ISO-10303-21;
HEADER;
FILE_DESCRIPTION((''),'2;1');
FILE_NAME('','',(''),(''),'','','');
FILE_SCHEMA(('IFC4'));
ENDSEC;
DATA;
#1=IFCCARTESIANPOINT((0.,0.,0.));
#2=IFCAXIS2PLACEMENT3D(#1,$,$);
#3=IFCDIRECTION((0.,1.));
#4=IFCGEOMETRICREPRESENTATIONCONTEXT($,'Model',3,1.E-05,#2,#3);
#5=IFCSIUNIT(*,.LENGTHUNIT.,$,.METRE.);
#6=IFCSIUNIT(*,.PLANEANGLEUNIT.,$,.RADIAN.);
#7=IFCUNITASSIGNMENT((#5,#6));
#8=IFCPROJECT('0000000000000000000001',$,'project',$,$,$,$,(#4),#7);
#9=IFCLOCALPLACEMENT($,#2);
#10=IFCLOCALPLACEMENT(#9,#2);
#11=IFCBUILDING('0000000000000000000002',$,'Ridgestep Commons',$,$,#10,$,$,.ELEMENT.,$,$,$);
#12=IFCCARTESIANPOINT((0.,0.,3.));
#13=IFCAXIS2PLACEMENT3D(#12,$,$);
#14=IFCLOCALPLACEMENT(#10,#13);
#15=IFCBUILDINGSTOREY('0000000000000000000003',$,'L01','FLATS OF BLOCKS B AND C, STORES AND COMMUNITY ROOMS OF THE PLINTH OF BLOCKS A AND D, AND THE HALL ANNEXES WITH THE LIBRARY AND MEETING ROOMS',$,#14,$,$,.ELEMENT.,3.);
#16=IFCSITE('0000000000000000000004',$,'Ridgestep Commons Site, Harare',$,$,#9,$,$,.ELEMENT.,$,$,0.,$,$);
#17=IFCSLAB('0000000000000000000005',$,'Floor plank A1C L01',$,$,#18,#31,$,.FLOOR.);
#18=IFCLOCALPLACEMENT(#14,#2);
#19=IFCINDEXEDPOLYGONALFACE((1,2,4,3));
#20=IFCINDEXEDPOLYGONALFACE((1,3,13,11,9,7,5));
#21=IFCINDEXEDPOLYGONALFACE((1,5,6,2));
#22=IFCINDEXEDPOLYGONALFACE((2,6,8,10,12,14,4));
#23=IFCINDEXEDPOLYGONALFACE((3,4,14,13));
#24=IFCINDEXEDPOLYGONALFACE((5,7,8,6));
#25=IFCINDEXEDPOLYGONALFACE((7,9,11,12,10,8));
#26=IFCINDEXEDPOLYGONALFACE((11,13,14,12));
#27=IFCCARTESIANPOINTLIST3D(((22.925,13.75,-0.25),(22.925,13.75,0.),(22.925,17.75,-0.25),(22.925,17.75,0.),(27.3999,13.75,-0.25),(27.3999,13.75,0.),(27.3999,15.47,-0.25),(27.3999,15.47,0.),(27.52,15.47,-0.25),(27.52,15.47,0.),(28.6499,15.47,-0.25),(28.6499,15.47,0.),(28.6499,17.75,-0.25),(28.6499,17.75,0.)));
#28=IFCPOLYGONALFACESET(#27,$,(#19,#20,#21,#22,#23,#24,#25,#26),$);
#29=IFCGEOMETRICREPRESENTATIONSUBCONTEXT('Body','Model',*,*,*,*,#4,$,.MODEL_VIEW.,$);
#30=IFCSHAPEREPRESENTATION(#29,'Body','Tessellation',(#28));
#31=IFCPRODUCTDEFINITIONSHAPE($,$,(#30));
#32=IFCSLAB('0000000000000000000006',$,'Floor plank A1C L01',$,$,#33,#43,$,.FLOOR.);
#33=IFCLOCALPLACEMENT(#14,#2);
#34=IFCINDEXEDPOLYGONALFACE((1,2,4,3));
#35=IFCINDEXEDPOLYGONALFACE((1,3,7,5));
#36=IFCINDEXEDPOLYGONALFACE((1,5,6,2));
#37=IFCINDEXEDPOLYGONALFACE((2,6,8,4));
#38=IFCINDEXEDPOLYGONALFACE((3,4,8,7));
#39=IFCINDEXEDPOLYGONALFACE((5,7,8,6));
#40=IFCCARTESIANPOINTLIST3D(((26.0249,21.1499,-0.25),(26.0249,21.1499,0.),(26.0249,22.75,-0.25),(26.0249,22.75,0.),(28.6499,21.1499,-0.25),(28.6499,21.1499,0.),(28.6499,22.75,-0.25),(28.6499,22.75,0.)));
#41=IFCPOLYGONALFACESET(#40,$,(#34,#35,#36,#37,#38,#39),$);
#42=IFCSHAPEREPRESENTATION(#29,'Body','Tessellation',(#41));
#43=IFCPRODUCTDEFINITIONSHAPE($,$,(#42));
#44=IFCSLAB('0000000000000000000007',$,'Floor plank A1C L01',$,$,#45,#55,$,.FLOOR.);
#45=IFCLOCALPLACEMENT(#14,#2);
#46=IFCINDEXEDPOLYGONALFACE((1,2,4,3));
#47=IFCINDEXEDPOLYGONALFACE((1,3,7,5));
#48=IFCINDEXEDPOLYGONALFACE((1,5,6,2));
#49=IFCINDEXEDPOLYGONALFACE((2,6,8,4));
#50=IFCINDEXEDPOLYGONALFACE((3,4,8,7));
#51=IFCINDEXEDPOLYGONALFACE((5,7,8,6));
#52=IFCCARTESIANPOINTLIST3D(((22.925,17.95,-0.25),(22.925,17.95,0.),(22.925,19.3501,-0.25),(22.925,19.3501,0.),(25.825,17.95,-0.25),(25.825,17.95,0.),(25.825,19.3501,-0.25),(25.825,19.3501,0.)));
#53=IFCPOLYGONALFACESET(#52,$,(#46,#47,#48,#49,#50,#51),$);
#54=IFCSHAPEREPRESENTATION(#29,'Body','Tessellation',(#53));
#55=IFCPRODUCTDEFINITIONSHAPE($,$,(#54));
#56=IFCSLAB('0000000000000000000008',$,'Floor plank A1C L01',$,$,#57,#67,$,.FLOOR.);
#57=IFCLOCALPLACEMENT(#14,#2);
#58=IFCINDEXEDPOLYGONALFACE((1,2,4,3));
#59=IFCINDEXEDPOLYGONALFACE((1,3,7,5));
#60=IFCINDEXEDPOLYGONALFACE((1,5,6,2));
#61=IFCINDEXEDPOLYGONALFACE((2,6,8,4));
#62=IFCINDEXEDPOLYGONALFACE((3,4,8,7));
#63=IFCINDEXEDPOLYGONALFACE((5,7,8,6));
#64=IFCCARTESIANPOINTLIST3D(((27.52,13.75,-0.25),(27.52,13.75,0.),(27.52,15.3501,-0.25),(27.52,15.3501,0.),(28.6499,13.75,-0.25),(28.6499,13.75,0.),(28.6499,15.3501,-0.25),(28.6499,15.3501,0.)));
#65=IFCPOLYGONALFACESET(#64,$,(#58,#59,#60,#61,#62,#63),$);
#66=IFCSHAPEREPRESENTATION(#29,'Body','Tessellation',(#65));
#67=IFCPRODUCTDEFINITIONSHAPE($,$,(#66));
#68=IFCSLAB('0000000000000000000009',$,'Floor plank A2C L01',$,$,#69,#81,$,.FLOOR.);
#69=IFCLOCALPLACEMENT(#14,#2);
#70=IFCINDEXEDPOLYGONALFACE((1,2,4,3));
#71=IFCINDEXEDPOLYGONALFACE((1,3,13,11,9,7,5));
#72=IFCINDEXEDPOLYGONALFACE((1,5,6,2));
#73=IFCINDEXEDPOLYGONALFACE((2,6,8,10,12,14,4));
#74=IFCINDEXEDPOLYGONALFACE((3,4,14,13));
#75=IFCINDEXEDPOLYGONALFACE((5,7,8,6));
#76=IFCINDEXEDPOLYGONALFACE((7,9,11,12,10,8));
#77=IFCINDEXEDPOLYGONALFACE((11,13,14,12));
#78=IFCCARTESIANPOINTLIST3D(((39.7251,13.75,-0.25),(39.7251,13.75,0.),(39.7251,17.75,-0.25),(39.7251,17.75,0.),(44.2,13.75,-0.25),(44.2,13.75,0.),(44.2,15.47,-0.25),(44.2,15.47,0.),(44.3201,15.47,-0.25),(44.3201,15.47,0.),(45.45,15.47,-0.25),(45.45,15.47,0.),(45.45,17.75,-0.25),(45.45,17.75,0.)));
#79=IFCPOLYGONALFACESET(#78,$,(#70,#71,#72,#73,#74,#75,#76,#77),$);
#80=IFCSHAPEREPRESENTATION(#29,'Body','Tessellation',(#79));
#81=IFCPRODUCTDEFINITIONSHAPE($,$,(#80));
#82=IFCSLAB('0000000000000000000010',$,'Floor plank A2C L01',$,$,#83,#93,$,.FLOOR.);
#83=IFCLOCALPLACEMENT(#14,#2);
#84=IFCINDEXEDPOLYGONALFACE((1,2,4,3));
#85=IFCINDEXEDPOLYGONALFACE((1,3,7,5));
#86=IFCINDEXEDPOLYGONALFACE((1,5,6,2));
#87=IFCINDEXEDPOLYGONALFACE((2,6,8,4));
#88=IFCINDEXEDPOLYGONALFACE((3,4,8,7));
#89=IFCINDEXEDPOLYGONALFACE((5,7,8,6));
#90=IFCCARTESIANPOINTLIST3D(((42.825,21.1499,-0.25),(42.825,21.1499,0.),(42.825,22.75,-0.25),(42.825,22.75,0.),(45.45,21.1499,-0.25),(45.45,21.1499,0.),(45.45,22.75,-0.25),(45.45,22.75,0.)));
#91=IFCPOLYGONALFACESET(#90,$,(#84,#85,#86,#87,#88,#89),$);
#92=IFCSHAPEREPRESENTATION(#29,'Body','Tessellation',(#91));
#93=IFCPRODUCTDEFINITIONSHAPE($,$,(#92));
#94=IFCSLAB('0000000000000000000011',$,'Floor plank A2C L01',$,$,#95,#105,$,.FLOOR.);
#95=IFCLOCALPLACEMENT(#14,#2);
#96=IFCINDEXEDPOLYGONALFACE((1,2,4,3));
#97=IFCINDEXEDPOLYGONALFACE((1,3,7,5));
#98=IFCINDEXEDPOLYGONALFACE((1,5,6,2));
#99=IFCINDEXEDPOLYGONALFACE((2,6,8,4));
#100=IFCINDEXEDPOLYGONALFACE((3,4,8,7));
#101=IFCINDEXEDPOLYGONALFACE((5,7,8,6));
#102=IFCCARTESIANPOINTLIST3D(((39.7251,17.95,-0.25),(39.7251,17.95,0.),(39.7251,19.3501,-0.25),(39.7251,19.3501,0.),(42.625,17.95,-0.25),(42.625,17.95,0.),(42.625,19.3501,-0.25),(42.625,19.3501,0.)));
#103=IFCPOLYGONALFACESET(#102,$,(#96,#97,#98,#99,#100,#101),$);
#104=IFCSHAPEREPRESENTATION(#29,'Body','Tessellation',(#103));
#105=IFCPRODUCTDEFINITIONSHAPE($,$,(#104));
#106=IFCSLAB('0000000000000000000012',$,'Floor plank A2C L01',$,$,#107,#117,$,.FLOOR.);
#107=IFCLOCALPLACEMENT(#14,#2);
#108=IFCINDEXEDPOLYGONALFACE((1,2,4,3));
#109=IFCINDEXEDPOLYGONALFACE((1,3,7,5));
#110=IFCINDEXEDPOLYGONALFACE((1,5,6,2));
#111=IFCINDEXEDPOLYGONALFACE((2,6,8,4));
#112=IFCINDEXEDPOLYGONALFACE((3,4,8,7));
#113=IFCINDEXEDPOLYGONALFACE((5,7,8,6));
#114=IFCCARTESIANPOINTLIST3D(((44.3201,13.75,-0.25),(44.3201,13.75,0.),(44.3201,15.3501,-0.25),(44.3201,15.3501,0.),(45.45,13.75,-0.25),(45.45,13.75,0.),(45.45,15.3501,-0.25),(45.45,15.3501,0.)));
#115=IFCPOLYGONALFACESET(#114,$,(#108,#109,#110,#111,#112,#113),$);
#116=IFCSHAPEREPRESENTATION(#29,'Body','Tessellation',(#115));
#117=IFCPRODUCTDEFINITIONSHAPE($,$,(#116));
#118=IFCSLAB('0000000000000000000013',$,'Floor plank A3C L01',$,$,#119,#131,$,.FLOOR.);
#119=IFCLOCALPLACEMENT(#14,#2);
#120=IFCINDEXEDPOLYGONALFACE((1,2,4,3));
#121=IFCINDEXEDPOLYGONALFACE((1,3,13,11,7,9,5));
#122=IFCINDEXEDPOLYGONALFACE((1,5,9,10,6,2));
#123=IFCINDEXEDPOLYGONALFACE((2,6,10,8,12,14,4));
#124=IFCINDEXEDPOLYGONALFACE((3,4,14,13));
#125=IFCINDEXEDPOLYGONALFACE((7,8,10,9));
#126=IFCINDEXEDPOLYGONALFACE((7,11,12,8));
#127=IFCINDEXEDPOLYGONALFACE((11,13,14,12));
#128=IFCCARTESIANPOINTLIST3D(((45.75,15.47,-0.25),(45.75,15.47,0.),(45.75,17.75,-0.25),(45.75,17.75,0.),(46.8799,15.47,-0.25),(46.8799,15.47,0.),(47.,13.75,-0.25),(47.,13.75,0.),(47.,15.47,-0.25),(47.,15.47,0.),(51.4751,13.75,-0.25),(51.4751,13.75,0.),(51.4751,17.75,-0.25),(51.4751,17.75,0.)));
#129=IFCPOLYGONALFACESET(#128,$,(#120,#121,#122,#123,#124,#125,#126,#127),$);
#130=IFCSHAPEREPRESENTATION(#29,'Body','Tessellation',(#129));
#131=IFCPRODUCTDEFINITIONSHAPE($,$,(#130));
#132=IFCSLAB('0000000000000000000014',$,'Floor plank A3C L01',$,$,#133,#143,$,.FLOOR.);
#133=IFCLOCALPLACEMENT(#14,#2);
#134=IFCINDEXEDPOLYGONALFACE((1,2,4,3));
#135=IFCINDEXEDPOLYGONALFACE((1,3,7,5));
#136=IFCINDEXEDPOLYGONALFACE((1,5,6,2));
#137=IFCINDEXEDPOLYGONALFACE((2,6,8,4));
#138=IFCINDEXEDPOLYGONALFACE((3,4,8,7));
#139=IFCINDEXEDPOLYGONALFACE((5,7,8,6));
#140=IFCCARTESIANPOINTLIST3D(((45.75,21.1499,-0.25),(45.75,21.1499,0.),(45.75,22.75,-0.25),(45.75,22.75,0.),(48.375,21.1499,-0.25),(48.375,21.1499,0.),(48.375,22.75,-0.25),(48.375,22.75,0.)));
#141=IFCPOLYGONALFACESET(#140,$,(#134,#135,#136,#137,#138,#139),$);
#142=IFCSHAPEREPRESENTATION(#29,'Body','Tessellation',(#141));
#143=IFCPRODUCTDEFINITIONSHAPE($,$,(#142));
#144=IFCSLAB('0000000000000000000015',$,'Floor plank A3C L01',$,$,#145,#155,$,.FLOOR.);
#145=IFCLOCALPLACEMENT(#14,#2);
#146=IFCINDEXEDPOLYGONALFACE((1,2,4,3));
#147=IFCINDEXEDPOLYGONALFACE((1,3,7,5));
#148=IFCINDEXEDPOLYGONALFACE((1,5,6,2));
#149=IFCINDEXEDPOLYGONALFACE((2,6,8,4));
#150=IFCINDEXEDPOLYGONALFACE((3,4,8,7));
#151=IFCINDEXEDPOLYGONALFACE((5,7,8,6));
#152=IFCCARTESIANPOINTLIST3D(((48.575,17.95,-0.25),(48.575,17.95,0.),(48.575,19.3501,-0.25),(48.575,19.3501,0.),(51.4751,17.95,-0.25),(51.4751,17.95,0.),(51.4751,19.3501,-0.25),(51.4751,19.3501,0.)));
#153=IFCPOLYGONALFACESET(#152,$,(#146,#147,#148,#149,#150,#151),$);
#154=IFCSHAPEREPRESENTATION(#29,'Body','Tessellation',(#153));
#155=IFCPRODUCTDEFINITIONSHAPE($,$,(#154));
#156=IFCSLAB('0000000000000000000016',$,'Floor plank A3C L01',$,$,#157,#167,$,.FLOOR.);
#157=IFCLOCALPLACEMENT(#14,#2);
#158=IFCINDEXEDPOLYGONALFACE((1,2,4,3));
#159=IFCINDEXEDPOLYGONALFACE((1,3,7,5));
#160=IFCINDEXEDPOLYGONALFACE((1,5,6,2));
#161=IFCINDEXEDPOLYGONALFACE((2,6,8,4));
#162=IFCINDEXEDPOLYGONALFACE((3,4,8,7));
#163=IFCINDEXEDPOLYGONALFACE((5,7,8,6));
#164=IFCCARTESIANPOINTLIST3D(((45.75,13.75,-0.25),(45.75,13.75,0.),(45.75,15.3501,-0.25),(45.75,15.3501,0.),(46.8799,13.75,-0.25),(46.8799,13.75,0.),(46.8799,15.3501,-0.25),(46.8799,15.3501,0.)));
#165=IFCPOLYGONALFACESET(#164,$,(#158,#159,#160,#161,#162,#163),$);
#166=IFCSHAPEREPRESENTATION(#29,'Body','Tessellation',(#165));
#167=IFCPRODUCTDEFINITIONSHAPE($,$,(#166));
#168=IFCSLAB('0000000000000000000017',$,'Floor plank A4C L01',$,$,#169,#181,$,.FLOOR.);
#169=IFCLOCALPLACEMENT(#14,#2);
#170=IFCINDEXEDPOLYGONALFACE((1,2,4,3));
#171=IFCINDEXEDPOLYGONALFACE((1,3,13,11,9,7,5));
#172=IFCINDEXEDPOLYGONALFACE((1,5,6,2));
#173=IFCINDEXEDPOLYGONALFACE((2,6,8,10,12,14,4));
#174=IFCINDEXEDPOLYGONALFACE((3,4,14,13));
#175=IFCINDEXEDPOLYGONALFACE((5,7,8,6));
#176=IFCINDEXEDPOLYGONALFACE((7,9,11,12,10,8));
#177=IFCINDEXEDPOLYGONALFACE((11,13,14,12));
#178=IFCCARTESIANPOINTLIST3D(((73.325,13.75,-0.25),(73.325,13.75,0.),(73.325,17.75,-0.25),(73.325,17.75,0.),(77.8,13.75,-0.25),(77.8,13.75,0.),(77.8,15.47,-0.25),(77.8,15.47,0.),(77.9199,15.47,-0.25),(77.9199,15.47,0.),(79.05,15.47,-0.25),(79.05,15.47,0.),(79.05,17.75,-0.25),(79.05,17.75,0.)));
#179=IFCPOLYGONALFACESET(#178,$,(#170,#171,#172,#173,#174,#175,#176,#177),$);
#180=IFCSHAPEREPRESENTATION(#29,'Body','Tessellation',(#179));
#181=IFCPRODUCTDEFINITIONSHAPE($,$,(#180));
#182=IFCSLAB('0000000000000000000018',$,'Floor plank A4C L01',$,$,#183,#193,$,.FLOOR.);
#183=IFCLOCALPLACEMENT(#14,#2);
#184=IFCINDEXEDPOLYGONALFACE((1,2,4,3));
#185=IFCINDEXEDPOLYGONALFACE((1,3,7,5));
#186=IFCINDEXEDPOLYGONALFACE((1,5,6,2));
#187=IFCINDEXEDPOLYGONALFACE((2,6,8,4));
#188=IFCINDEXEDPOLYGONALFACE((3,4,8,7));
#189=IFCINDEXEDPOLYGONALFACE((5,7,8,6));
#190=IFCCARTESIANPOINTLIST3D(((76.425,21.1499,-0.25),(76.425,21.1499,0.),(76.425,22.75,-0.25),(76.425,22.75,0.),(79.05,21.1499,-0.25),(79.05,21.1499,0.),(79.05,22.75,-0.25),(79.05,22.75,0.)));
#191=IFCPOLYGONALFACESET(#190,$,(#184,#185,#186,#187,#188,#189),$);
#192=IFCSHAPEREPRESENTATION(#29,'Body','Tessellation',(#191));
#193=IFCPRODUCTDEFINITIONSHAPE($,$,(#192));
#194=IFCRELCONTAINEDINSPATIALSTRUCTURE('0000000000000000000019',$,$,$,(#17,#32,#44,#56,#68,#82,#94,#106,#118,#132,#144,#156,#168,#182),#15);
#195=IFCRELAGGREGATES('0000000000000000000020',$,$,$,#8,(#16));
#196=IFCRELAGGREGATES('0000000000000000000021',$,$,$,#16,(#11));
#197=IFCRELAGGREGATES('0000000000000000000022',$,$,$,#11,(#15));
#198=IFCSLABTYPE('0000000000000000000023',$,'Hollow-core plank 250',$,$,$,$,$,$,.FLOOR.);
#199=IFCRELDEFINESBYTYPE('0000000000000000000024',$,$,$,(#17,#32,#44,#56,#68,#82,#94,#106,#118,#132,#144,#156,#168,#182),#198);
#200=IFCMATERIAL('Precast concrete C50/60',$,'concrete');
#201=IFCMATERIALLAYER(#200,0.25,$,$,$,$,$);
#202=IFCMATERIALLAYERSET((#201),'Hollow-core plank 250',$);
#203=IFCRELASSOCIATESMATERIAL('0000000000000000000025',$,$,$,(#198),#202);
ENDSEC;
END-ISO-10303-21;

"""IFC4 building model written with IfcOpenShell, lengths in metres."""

from ifc_helpers import new_model, si_unit, direction, frame, origin, place, context, subcontext, project, spatial, polyline, outline, extrude, material, layer, layer_set, type_object, element, save


model = new_model("IFC4")

# Units and contexts
model_context = context("Model", 3, precision=1e-05, world=origin(), true_north=direction((0.0, 1.0)))
body_context = subcontext(model_context, "Body", "Model", "MODEL_VIEW")
ifc_project = project(units=[si_unit("LENGTHUNIT", "METRE"), si_unit("PLANEANGLEUNIT", "RADIAN")], contexts=[model_context])

# Site, building, storey
site_placement = place(None, origin())
site = spatial("IfcSite", under=ifc_project, at=site_placement, Name="Ridgestep Commons Site, Harare", CompositionType="ELEMENT", RefElevation=0.0)
building_placement = place(site_placement, origin())
building = spatial("IfcBuilding", under=site, at=building_placement, Name="Ridgestep Commons", CompositionType="ELEMENT")
storey_placement = place(building_placement, frame((0.0, 0.0, 3.0)))
storey = spatial("IfcBuildingStorey", under=building, at=storey_placement, Name="L01", Description="FLATS OF BLOCKS B AND C, STORES AND COMMUNITY ROOMS OF THE PLINTH OF BLOCKS A AND D, AND THE HALL ANNEXES WITH THE LIBRARY AND MEETING ROOMS", CompositionType="ELEMENT", Elevation=3.0)

# Slabs
ifc_material = material(Name="Precast concrete C50/60", Category="concrete")
ifc_layer = layer(ifc_material, 0.25)
ifc_layer_set = layer_set([ifc_layer], Name="Hollow-core plank 250")
slab_type = type_object("IfcSlabType", Name="Hollow-core plank 250", PredefinedType="FLOOR", material=ifc_layer_set)
slab_1_placement = place(storey_placement, frame((0.0, 0.0, -0.25)))
element("IfcSlab", 1, at=slab_1_placement, inside=storey, type_object=slab_type, Name="Floor plank A1C L01", PredefinedType="FLOOR", context=body_context, shape_type="SweptSolid", body=[
    extrude(outline(polyline([(27.52, 15.47), (28.6499, 15.47), (28.6499, 17.75), (22.925, 17.75), (22.925, 13.75), (27.3999, 13.75), (27.3999, 15.47), (27.52, 15.47)])), origin(), (0.0, 0.0, 1.0), 0.25),
])
slab_2_placement = place(storey_placement, frame((0.0, 0.0, -0.25)))
element("IfcSlab", 2, at=slab_2_placement, inside=storey, type_object=slab_type, Name="Floor plank A1C L01", PredefinedType="FLOOR", context=body_context, shape_type="SweptSolid", body=[
    extrude(outline(polyline([(28.6499, 21.1499), (28.6499, 22.75), (26.0249, 22.75), (26.0249, 21.1499), (28.6499, 21.1499)])), origin(), (0.0, 0.0, 1.0), 0.25),
])
slab_3_placement = place(storey_placement, frame((0.0, 0.0, -0.25)))
element("IfcSlab", 3, at=slab_3_placement, inside=storey, type_object=slab_type, Name="Floor plank A1C L01", PredefinedType="FLOOR", context=body_context, shape_type="SweptSolid", body=[
    extrude(outline(polyline([(25.825, 17.95), (25.825, 19.3501), (22.925, 19.3501), (22.925, 17.95), (25.825, 17.95)])), origin(), (0.0, 0.0, 1.0), 0.25),
])
slab_4_placement = place(storey_placement, frame((0.0, 0.0, -0.25)))
element("IfcSlab", 4, at=slab_4_placement, inside=storey, type_object=slab_type, Name="Floor plank A1C L01", PredefinedType="FLOOR", context=body_context, shape_type="SweptSolid", body=[
    extrude(outline(polyline([(27.52, 13.75), (28.6499, 13.75), (28.6499, 15.3501), (27.52, 15.3501), (27.52, 13.75)])), origin(), (0.0, 0.0, 1.0), 0.25),
])
slab_5_placement = place(storey_placement, frame((0.0, 0.0, -0.25)))
element("IfcSlab", 5, at=slab_5_placement, inside=storey, type_object=slab_type, Name="Floor plank A2C L01", PredefinedType="FLOOR", context=body_context, shape_type="SweptSolid", body=[
    extrude(outline(polyline([(44.3201, 15.47), (45.45, 15.47), (45.45, 17.75), (39.7251, 17.75), (39.7251, 13.75), (44.2, 13.75), (44.2, 15.47), (44.3201, 15.47)])), origin(), (0.0, 0.0, 1.0), 0.25),
])
slab_6_placement = place(storey_placement, frame((0.0, 0.0, -0.25)))
element("IfcSlab", 6, at=slab_6_placement, inside=storey, type_object=slab_type, Name="Floor plank A2C L01", PredefinedType="FLOOR", context=body_context, shape_type="SweptSolid", body=[
    extrude(outline(polyline([(45.45, 21.1499), (45.45, 22.75), (42.825, 22.75), (42.825, 21.1499), (45.45, 21.1499)])), origin(), (0.0, 0.0, 1.0), 0.25),
])
slab_7_placement = place(storey_placement, frame((0.0, 0.0, -0.25)))
element("IfcSlab", 7, at=slab_7_placement, inside=storey, type_object=slab_type, Name="Floor plank A2C L01", PredefinedType="FLOOR", context=body_context, shape_type="SweptSolid", body=[
    extrude(outline(polyline([(42.625, 17.95), (42.625, 19.3501), (39.7251, 19.3501), (39.7251, 17.95), (42.625, 17.95)])), origin(), (0.0, 0.0, 1.0), 0.25),
])
slab_8_placement = place(storey_placement, frame((0.0, 0.0, -0.25)))
element("IfcSlab", 8, at=slab_8_placement, inside=storey, type_object=slab_type, Name="Floor plank A2C L01", PredefinedType="FLOOR", context=body_context, shape_type="SweptSolid", body=[
    extrude(outline(polyline([(44.3201, 13.75), (45.45, 13.75), (45.45, 15.3501), (44.3201, 15.3501), (44.3201, 13.75)])), origin(), (0.0, 0.0, 1.0), 0.25),
])
slab_9_placement = place(storey_placement, frame((0.0, 0.0, -0.25)))
element("IfcSlab", 9, at=slab_9_placement, inside=storey, type_object=slab_type, Name="Floor plank A3C L01", PredefinedType="FLOOR", context=body_context, shape_type="SweptSolid", body=[
    extrude(outline(polyline([(47.0, 13.75), (51.4751, 13.75), (51.4751, 17.75), (45.75, 17.75), (45.75, 15.47), (46.8799, 15.47), (47.0, 15.47), (47.0, 13.75)])), origin(), (0.0, 0.0, 1.0), 0.25),
])
slab_10_placement = place(storey_placement, frame((0.0, 0.0, -0.25)))
element("IfcSlab", 10, at=slab_10_placement, inside=storey, type_object=slab_type, Name="Floor plank A3C L01", PredefinedType="FLOOR", context=body_context, shape_type="SweptSolid", body=[
    extrude(outline(polyline([(48.375, 22.75), (45.75, 22.75), (45.75, 21.1499), (48.375, 21.1499), (48.375, 22.75)])), origin(), (0.0, 0.0, 1.0), 0.25),
])
slab_11_placement = place(storey_placement, frame((0.0, 0.0, -0.25)))
element("IfcSlab", 11, at=slab_11_placement, inside=storey, type_object=slab_type, Name="Floor plank A3C L01", PredefinedType="FLOOR", context=body_context, shape_type="SweptSolid", body=[
    extrude(outline(polyline([(51.4751, 17.95), (51.4751, 19.3501), (48.575, 19.3501), (48.575, 17.95), (51.4751, 17.95)])), origin(), (0.0, 0.0, 1.0), 0.25),
])
slab_12_placement = place(storey_placement, frame((0.0, 0.0, -0.25)))
element("IfcSlab", 12, at=slab_12_placement, inside=storey, type_object=slab_type, Name="Floor plank A3C L01", PredefinedType="FLOOR", context=body_context, shape_type="SweptSolid", body=[
    extrude(outline(polyline([(46.8799, 15.3501), (45.75, 15.3501), (45.75, 13.75), (46.8799, 13.75), (46.8799, 15.3501)])), origin(), (0.0, 0.0, 1.0), 0.25),
])
slab_13_placement = place(storey_placement, frame((0.0, 0.0, -0.25)))
element("IfcSlab", 13, at=slab_13_placement, inside=storey, type_object=slab_type, Name="Floor plank A4C L01", PredefinedType="FLOOR", context=body_context, shape_type="SweptSolid", body=[
    extrude(outline(polyline([(77.9199, 15.47), (79.05, 15.47), (79.05, 17.75), (73.325, 17.75), (73.325, 13.75), (77.8, 13.75), (77.8, 15.47), (77.9199, 15.47)])), origin(), (0.0, 0.0, 1.0), 0.25),
])
slab_14_placement = place(storey_placement, frame((0.0, 0.0, -0.25)))
element("IfcSlab", 14, at=slab_14_placement, inside=storey, type_object=slab_type, Name="Floor plank A4C L01", PredefinedType="FLOOR", context=body_context, shape_type="SweptSolid", body=[
    extrude(outline(polyline([(79.05, 21.1499), (79.05, 22.75), (76.425, 22.75), (76.425, 21.1499), (79.05, 21.1499)])), origin(), (0.0, 0.0, 1.0), 0.25),
])

save(model, "model.ifc")
